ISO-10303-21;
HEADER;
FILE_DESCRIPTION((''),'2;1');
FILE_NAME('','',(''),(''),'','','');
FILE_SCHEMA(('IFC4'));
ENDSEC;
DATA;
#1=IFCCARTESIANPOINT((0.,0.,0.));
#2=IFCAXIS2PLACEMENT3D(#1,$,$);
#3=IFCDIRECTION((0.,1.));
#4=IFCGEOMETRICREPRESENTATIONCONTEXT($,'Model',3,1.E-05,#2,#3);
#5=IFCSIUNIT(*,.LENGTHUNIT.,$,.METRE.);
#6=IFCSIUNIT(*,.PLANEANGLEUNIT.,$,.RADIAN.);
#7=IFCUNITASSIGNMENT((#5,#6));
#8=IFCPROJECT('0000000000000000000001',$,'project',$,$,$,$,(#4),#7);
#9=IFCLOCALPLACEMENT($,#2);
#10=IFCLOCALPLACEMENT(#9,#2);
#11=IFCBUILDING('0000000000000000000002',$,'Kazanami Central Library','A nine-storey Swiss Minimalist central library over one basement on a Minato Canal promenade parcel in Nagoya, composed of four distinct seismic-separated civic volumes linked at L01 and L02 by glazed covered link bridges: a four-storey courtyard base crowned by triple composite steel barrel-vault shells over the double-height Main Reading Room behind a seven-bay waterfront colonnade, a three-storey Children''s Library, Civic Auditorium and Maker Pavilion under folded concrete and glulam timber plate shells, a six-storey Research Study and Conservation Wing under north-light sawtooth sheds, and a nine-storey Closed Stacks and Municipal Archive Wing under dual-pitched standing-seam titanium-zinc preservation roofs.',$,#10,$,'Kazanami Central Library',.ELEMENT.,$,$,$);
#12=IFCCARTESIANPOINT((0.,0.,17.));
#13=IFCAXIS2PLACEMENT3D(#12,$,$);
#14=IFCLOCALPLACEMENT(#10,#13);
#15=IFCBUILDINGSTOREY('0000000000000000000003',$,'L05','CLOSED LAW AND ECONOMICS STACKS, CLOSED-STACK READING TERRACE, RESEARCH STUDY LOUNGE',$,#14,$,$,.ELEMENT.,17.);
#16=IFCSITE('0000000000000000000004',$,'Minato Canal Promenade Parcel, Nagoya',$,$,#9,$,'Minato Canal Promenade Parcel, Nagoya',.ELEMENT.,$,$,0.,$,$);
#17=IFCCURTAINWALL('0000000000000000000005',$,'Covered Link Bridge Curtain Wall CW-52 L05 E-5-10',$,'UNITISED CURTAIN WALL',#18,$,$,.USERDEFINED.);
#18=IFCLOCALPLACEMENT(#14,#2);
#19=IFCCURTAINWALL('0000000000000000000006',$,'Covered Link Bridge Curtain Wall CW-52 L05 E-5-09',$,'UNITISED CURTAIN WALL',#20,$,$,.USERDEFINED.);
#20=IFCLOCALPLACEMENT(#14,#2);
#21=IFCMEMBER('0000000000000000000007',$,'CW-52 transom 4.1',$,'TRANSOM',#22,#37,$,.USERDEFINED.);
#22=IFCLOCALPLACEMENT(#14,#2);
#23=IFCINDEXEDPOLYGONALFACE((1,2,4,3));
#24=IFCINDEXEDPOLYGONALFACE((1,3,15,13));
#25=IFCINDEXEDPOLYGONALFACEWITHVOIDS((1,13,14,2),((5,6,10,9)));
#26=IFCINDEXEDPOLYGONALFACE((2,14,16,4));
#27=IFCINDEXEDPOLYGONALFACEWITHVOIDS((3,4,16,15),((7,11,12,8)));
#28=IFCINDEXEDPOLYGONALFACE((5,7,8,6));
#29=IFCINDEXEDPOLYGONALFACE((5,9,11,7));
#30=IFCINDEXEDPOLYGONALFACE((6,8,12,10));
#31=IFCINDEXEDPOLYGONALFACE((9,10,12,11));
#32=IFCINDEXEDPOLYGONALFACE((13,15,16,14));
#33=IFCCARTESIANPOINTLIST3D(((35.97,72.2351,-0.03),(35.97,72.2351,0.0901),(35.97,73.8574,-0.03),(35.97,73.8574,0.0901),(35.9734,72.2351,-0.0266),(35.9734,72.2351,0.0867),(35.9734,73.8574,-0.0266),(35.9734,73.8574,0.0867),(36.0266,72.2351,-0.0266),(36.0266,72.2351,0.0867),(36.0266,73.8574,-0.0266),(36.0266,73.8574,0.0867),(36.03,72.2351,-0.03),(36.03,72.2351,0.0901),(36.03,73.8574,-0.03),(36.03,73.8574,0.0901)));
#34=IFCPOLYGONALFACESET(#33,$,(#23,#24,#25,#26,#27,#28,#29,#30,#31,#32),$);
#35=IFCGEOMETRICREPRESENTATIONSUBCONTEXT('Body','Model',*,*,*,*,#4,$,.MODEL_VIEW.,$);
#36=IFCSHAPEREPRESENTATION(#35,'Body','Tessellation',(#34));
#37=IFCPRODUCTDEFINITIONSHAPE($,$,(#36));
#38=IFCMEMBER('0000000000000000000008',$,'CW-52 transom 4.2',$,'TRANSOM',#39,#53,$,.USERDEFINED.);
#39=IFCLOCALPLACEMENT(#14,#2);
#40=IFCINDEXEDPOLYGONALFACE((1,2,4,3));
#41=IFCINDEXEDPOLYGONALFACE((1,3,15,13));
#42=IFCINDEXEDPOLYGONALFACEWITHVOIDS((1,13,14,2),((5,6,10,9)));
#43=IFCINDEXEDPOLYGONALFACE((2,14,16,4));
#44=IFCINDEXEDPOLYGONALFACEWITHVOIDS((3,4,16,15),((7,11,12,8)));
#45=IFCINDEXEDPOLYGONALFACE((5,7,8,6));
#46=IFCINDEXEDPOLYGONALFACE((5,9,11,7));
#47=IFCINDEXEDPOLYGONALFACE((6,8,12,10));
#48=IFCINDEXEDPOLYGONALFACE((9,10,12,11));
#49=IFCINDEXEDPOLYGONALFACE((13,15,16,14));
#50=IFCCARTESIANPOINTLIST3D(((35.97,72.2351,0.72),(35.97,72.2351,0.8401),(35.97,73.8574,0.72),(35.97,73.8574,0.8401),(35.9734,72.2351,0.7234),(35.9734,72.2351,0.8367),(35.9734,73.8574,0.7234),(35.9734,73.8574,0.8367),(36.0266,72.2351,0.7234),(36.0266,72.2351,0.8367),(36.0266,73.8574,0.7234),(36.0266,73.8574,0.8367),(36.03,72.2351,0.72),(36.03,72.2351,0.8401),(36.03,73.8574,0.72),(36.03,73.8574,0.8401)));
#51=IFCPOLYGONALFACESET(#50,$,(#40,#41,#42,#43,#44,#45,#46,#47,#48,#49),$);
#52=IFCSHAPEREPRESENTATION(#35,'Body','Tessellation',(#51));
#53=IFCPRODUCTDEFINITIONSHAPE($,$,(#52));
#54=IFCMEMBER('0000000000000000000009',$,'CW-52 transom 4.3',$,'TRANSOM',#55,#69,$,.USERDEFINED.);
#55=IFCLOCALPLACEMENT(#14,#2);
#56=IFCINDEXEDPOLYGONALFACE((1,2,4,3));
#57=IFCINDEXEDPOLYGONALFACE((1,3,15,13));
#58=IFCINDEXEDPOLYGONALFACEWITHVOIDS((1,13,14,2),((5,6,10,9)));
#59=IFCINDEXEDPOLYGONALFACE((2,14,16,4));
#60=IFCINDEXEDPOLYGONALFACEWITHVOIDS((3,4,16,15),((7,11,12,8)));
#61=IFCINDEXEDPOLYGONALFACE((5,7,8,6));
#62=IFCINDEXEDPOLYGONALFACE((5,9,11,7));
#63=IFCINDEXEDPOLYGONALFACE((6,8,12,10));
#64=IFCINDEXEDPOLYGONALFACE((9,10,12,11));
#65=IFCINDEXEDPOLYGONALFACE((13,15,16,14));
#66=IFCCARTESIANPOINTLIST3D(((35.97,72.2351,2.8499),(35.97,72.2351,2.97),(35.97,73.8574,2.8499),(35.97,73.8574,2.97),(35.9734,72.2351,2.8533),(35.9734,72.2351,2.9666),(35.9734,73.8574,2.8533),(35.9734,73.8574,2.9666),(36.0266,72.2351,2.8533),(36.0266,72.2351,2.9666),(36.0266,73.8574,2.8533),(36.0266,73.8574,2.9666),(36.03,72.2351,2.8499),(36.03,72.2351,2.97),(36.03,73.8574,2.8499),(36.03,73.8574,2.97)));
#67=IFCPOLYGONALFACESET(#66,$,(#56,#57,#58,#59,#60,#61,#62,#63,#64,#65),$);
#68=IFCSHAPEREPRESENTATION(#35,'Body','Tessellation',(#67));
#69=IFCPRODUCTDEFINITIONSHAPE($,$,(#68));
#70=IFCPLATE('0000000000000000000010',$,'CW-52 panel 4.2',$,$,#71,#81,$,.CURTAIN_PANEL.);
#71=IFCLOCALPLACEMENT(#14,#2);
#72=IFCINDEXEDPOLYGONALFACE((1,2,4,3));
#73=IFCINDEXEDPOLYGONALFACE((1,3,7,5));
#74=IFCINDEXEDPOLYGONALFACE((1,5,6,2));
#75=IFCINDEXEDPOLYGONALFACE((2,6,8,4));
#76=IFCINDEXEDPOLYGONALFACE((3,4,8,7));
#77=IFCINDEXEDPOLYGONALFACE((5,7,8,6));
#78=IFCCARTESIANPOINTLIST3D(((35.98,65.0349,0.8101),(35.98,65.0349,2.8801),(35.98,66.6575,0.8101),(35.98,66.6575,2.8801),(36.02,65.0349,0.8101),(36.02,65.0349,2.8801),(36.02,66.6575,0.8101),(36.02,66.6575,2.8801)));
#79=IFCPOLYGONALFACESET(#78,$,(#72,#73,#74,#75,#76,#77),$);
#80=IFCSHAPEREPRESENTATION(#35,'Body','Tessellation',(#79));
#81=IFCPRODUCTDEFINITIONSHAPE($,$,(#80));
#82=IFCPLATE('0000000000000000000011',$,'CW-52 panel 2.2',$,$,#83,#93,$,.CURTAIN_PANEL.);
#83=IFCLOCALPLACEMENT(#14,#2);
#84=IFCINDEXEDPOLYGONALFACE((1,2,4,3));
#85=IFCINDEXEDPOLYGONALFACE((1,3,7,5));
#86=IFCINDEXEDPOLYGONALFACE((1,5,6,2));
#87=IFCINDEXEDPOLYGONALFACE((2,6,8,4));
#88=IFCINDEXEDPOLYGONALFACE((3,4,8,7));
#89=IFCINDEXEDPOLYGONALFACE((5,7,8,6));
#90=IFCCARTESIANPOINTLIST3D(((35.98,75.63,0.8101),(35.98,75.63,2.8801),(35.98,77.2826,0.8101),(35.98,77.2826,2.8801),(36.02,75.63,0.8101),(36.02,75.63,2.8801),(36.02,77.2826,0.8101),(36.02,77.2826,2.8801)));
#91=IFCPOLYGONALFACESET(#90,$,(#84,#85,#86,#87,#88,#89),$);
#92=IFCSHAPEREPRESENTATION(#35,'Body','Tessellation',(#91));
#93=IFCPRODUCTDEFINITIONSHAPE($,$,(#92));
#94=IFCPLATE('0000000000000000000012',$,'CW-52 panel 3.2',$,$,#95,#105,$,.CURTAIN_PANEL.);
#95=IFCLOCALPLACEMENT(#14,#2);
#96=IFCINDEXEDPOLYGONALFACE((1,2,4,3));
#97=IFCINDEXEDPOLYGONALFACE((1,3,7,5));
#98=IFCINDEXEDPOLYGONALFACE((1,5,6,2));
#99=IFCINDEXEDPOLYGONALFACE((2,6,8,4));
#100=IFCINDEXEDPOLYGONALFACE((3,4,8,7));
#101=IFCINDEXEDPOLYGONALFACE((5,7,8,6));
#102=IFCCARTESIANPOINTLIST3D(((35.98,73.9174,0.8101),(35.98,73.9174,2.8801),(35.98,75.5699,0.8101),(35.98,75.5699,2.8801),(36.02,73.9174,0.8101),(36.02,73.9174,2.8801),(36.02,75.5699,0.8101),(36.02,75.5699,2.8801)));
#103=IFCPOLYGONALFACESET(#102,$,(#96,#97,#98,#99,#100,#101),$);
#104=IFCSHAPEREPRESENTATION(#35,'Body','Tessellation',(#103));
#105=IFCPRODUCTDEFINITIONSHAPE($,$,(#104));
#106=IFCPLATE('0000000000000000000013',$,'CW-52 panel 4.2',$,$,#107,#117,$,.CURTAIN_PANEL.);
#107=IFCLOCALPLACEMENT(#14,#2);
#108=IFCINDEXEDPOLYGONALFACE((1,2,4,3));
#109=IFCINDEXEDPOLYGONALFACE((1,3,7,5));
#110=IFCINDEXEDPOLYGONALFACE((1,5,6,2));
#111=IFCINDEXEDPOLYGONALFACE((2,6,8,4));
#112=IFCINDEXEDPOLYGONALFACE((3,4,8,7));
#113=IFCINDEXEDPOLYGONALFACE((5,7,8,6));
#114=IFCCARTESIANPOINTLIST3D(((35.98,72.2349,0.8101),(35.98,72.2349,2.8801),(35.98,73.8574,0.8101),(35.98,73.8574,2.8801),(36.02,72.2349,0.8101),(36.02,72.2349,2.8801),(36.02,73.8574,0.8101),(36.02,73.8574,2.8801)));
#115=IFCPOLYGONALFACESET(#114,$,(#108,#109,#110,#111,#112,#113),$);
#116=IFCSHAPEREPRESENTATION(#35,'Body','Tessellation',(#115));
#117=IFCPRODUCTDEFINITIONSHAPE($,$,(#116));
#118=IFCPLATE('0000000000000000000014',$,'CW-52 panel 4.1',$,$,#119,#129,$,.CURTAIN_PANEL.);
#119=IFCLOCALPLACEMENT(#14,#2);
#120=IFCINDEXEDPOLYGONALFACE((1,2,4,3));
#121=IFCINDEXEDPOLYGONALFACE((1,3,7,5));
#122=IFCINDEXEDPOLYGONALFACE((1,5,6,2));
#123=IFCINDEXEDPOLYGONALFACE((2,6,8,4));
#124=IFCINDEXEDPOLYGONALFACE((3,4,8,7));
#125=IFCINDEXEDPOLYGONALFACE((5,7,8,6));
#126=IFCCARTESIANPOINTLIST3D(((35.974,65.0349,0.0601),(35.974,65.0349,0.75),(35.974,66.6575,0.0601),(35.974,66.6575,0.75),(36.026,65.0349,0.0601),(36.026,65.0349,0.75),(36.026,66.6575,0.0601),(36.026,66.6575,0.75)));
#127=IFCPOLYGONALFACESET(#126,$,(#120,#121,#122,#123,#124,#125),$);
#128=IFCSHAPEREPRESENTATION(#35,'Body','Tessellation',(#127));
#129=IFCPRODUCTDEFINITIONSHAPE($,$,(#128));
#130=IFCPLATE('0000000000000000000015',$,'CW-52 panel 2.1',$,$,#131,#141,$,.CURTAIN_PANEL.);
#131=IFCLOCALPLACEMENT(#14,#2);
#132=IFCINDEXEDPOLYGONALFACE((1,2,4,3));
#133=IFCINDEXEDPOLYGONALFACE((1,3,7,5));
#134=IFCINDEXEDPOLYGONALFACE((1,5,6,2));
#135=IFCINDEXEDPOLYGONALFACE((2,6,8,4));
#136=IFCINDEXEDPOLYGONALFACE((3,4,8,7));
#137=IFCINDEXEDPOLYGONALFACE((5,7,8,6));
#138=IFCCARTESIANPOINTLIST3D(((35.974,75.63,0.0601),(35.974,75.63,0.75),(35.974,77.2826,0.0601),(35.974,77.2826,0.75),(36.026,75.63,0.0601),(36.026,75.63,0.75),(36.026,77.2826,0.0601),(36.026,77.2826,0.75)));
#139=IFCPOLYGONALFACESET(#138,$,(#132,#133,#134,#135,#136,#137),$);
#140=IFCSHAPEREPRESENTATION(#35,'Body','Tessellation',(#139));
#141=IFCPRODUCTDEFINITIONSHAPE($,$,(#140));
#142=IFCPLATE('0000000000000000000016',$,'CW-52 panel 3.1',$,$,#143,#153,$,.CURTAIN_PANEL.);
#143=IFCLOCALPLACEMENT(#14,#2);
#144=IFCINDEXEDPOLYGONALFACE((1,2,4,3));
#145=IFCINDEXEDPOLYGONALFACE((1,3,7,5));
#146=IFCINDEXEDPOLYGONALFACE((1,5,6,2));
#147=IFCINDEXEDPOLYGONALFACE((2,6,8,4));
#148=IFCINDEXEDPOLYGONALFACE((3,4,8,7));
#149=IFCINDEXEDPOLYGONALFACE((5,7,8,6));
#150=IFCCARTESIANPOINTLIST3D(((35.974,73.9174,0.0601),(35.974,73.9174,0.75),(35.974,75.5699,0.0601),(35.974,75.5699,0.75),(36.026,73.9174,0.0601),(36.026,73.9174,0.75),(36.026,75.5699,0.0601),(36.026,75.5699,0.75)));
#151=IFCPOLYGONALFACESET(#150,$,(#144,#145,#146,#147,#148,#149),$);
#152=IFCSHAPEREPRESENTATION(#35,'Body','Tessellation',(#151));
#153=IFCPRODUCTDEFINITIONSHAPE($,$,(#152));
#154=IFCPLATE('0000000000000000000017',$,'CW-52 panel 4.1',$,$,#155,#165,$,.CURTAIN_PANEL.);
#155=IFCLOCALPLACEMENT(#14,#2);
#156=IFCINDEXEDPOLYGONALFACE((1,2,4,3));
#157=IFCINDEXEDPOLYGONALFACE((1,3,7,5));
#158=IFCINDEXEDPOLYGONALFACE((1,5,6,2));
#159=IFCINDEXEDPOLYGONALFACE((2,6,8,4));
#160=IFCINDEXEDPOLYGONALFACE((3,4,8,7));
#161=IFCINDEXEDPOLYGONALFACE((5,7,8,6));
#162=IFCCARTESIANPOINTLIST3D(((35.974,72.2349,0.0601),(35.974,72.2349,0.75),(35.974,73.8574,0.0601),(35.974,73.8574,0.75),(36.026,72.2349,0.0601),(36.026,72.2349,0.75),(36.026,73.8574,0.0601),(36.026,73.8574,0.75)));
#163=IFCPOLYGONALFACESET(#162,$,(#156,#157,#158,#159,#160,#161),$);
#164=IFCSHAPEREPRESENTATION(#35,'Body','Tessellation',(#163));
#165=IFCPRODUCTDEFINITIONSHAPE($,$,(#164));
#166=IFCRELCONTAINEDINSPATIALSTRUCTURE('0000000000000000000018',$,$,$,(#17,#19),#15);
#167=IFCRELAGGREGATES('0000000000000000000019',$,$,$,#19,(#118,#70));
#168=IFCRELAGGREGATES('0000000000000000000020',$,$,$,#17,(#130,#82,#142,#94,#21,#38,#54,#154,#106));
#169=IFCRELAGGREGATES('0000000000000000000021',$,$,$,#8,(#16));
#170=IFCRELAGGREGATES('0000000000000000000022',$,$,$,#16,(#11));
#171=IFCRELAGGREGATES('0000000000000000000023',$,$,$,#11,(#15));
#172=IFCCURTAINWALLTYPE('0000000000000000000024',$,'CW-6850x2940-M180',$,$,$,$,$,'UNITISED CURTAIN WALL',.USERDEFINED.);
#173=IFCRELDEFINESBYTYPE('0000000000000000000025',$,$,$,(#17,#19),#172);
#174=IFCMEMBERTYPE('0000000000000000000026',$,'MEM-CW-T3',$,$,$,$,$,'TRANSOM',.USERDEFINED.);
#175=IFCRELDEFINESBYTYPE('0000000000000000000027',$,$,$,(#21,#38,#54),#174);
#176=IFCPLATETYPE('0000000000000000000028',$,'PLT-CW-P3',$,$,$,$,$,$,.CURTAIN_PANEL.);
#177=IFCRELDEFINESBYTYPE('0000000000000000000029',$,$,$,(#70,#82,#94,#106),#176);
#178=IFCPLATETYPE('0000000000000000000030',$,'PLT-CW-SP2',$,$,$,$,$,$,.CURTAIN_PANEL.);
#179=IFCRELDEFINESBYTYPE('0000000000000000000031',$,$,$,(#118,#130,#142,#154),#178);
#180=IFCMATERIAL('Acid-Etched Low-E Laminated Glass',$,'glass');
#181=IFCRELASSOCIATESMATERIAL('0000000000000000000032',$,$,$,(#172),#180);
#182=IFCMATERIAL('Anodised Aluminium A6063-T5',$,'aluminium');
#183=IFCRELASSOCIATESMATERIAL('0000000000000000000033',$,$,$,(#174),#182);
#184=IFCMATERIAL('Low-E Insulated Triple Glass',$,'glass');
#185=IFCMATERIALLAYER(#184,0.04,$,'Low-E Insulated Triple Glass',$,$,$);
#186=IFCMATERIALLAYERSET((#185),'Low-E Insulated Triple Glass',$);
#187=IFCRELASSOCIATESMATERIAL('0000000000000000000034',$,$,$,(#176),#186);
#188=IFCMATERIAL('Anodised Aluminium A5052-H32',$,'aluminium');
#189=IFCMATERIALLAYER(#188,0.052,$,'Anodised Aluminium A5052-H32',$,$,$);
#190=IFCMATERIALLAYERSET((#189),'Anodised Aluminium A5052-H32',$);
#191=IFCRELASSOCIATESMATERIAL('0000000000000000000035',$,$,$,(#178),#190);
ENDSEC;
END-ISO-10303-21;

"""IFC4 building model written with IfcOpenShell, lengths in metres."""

from ifc_helpers import new_model, si_unit, direction, frame, origin, origin_2d, place, context, subcontext, project, spatial, rectangle, hollow_rectangle, extrude, material, layer, layer_set, material_profile, profile_set, type_object, element, aggregate, save


model = new_model("IFC4")

# Units and contexts
model_context = context("Model", 3, precision=1e-05, world=origin(), true_north=direction((0.0, 1.0)))
body_context = subcontext(model_context, "Body", "Model", "MODEL_VIEW")
ifc_project = project(units=[si_unit("LENGTHUNIT", "METRE"), si_unit("PLANEANGLEUNIT", "RADIAN")], contexts=[model_context])

# Site, building, storey
site_placement = place(None, origin())
site = spatial("IfcSite", under=ifc_project, at=site_placement, Name="Minato Canal Promenade Parcel, Nagoya", LongName="Minato Canal Promenade Parcel, Nagoya", CompositionType="ELEMENT", RefElevation=0.0)
building_placement = place(site_placement, origin())
building = spatial("IfcBuilding", under=site, at=building_placement, Name="Kazanami Central Library", Description="A nine-storey Swiss Minimalist central library over one basement on a Minato Canal promenade parcel in Nagoya, composed of four distinct seismic-separated civic volumes linked at L01 and L02 by glazed covered link bridges: a four-storey courtyard base crowned by triple composite steel barrel-vault shells over the double-height Main Reading Room behind a seven-bay waterfront colonnade, a three-storey Children's Library, Civic Auditorium and Maker Pavilion under folded concrete and glulam timber plate shells, a six-storey Research Study and Conservation Wing under north-light sawtooth sheds, and a nine-storey Closed Stacks and Municipal Archive Wing under dual-pitched standing-seam titanium-zinc preservation roofs.", LongName="Kazanami Central Library", CompositionType="ELEMENT")
storey_placement = place(building_placement, frame((0.0, 0.0, 17.0)))
storey = spatial("IfcBuildingStorey", under=building, at=storey_placement, Name="L05", Description="CLOSED LAW AND ECONOMICS STACKS, CLOSED-STACK READING TERRACE, RESEARCH STUDY LOUNGE", CompositionType="ELEMENT", Elevation=17.0)

# Curtain walls
ifc_material_1 = material(Name="Acid-Etched Low-E Laminated Glass", Category="glass")
curtain_wall_type = type_object("IfcCurtainWallType", Name="CW-6850x2940-M180", ElementType="UNITISED CURTAIN WALL", PredefinedType="USERDEFINED", material=ifc_material_1)
curtain_wall_1_placement = place(storey_placement, origin())
curtain_wall_1 = element("IfcCurtainWall", 1, at=curtain_wall_1_placement, inside=storey, type_object=curtain_wall_type, Name="Covered Link Bridge Curtain Wall CW-52 L05 E-5-10", ObjectType="UNITISED CURTAIN WALL", PredefinedType="USERDEFINED")
ifc_material_2 = material(Name="Anodised Aluminium A6063-T5", Category="aluminium")
curtain_wall_2_placement = place(storey_placement, origin())
curtain_wall_2 = element("IfcCurtainWall", 2, at=curtain_wall_2_placement, inside=storey, type_object=curtain_wall_type, Name="Covered Link Bridge Curtain Wall CW-52 L05 E-5-09", ObjectType="UNITISED CURTAIN WALL", PredefinedType="USERDEFINED")
ifc_material_profile_1 = material_profile(ifc_material_2, hollow_rectangle(XDim=0.0601, YDim=0.1201, WallThickness=0.0034, at=origin_2d()), Name="ALU-TRAN-60x120x3.5")
ifc_profile_set_1 = profile_set([ifc_material_profile_1], Name="Anodised Aluminium A6063-T5")
member_type_1 = type_object("IfcMemberType", Name="MEM-CW-T3", ElementType="TRANSOM", PredefinedType="USERDEFINED", material=ifc_profile_set_1)

# Members
member_1_placement = place(storey_placement, frame((36.0, 73.8574, 0.03), z_axis=(0.0, -1.0, 0.0), x_axis=(1.0, 0.0, 0.0)))
member_1 = element("IfcMember", 3, at=member_1_placement, type_object=member_type_1, Name="CW-52 transom 4.1", ObjectType="TRANSOM", PredefinedType="USERDEFINED", context=body_context, shape_type="SweptSolid", body=[
    extrude(hollow_rectangle(XDim=0.0601, YDim=0.1201, WallThickness=0.0034, at=origin_2d()), origin(), (0.0, 0.0, 1.0), 1.6223),
])
member_2_placement = place(storey_placement, frame((36.0, 73.8574, 0.78), z_axis=(0.0, -1.0, 0.0), x_axis=(1.0, 0.0, 0.0)))
member_2 = element("IfcMember", 4, at=member_2_placement, type_object=member_type_1, Name="CW-52 transom 4.2", ObjectType="TRANSOM", PredefinedType="USERDEFINED", context=body_context, shape_type="SweptSolid", body=[
    extrude(hollow_rectangle(XDim=0.0601, YDim=0.1201, WallThickness=0.0034, at=origin_2d()), origin(), (0.0, 0.0, 1.0), 1.6223),
])
member_3_placement = place(storey_placement, frame((36.0, 73.8574, 2.9099), z_axis=(0.0, -1.0, 0.0), x_axis=(1.0, 0.0, 0.0)))
member_3 = element("IfcMember", 5, at=member_3_placement, type_object=member_type_1, Name="CW-52 transom 4.3", ObjectType="TRANSOM", PredefinedType="USERDEFINED", context=body_context, shape_type="SweptSolid", body=[
    extrude(hollow_rectangle(XDim=0.0601, YDim=0.1201, WallThickness=0.0034, at=origin_2d()), origin(), (0.0, 0.0, 1.0), 1.6223),
])

# Plates
ifc_material_3 = material(Name="Low-E Insulated Triple Glass", Category="glass")
ifc_layer_1 = layer(ifc_material_3, 0.04, Name="Low-E Insulated Triple Glass")
ifc_layer_set_1 = layer_set([ifc_layer_1], Name="Low-E Insulated Triple Glass")
plate_type_1 = type_object("IfcPlateType", Name="PLT-CW-P3", PredefinedType="CURTAIN_PANEL", material=ifc_layer_set_1)
plate_1_placement = place(storey_placement, frame((36.0, 65.8462, 0.8101), z_axis=(0.0, 0.0, 1.0), x_axis=(0.0, -1.0, 0.0)))
plate_1 = element("IfcPlate", 6, at=plate_1_placement, type_object=plate_type_1, Name="CW-52 panel 4.2", PredefinedType="CURTAIN_PANEL", context=body_context, shape_type="SweptSolid", body=[
    extrude(rectangle(XDim=1.6226, YDim=0.04, at=origin_2d()), origin(), (0.0, 0.0, 1.0), 2.0701),
])
plate_2_placement = place(storey_placement, frame((36.0, 76.4563, 0.8101), z_axis=(0.0, 0.0, 1.0), x_axis=(0.0, -1.0, 0.0)))
plate_2 = element("IfcPlate", 7, at=plate_2_placement, type_object=plate_type_1, Name="CW-52 panel 2.2", PredefinedType="CURTAIN_PANEL", context=body_context, shape_type="SweptSolid", body=[
    extrude(rectangle(XDim=1.6526, YDim=0.04, at=origin_2d()), origin(), (0.0, 0.0, 1.0), 2.0701),
])
plate_3_placement = place(storey_placement, frame((36.0, 74.7437, 0.8101), z_axis=(0.0, 0.0, 1.0), x_axis=(0.0, -1.0, 0.0)))
plate_3 = element("IfcPlate", 8, at=plate_3_placement, type_object=plate_type_1, Name="CW-52 panel 3.2", PredefinedType="CURTAIN_PANEL", context=body_context, shape_type="SweptSolid", body=[
    extrude(rectangle(XDim=1.6526, YDim=0.04, at=origin_2d()), origin(), (0.0, 0.0, 1.0), 2.0701),
])
plate_4_placement = place(storey_placement, frame((36.0, 73.0461, 0.8101), z_axis=(0.0, 0.0, 1.0), x_axis=(0.0, -1.0, 0.0)))
plate_4 = element("IfcPlate", 9, at=plate_4_placement, type_object=plate_type_1, Name="CW-52 panel 4.2", PredefinedType="CURTAIN_PANEL", context=body_context, shape_type="SweptSolid", body=[
    extrude(rectangle(XDim=1.6226, YDim=0.04, at=origin_2d()), origin(), (0.0, 0.0, 1.0), 2.0701),
])
ifc_material_4 = material(Name="Anodised Aluminium A5052-H32", Category="aluminium")
ifc_layer_2 = layer(ifc_material_4, 0.052, Name="Anodised Aluminium A5052-H32")
ifc_layer_set_2 = layer_set([ifc_layer_2], Name="Anodised Aluminium A5052-H32")
plate_type_2 = type_object("IfcPlateType", Name="PLT-CW-SP2", PredefinedType="CURTAIN_PANEL", material=ifc_layer_set_2)
plate_5_placement = place(storey_placement, frame((36.0, 65.8462, 0.0601), z_axis=(0.0, 0.0, 1.0), x_axis=(0.0, -1.0, 0.0)))
plate_5 = element("IfcPlate", 10, at=plate_5_placement, type_object=plate_type_2, Name="CW-52 panel 4.1", PredefinedType="CURTAIN_PANEL", context=body_context, shape_type="SweptSolid", body=[
    extrude(rectangle(XDim=1.6226, YDim=0.052, at=origin_2d()), origin(), (0.0, 0.0, 1.0), 0.6899),
])
aggregate(curtain_wall_2, [plate_5, plate_1])
plate_6_placement = place(storey_placement, frame((36.0, 76.4563, 0.0601), z_axis=(0.0, 0.0, 1.0), x_axis=(0.0, -1.0, 0.0)))
plate_6 = element("IfcPlate", 11, at=plate_6_placement, type_object=plate_type_2, Name="CW-52 panel 2.1", PredefinedType="CURTAIN_PANEL", context=body_context, shape_type="SweptSolid", body=[
    extrude(rectangle(XDim=1.6526, YDim=0.052, at=origin_2d()), origin(), (0.0, 0.0, 1.0), 0.6899),
])
plate_7_placement = place(storey_placement, frame((36.0, 74.7437, 0.0601), z_axis=(0.0, 0.0, 1.0), x_axis=(0.0, -1.0, 0.0)))
plate_7 = element("IfcPlate", 12, at=plate_7_placement, type_object=plate_type_2, Name="CW-52 panel 3.1", PredefinedType="CURTAIN_PANEL", context=body_context, shape_type="SweptSolid", body=[
    extrude(rectangle(XDim=1.6526, YDim=0.052, at=origin_2d()), origin(), (0.0, 0.0, 1.0), 0.6899),
])
plate_8_placement = place(storey_placement, frame((36.0, 73.0461, 0.0601), z_axis=(0.0, 0.0, 1.0), x_axis=(0.0, -1.0, 0.0)))
plate_8 = element("IfcPlate", 13, at=plate_8_placement, type_object=plate_type_2, Name="CW-52 panel 4.1", PredefinedType="CURTAIN_PANEL", context=body_context, shape_type="SweptSolid", body=[
    extrude(rectangle(XDim=1.6226, YDim=0.052, at=origin_2d()), origin(), (0.0, 0.0, 1.0), 0.6899),
])
aggregate(curtain_wall_1, [plate_6, plate_2, plate_7, plate_3, member_1, member_2, member_3, plate_8, plate_4])

save(model, "model.ifc")
